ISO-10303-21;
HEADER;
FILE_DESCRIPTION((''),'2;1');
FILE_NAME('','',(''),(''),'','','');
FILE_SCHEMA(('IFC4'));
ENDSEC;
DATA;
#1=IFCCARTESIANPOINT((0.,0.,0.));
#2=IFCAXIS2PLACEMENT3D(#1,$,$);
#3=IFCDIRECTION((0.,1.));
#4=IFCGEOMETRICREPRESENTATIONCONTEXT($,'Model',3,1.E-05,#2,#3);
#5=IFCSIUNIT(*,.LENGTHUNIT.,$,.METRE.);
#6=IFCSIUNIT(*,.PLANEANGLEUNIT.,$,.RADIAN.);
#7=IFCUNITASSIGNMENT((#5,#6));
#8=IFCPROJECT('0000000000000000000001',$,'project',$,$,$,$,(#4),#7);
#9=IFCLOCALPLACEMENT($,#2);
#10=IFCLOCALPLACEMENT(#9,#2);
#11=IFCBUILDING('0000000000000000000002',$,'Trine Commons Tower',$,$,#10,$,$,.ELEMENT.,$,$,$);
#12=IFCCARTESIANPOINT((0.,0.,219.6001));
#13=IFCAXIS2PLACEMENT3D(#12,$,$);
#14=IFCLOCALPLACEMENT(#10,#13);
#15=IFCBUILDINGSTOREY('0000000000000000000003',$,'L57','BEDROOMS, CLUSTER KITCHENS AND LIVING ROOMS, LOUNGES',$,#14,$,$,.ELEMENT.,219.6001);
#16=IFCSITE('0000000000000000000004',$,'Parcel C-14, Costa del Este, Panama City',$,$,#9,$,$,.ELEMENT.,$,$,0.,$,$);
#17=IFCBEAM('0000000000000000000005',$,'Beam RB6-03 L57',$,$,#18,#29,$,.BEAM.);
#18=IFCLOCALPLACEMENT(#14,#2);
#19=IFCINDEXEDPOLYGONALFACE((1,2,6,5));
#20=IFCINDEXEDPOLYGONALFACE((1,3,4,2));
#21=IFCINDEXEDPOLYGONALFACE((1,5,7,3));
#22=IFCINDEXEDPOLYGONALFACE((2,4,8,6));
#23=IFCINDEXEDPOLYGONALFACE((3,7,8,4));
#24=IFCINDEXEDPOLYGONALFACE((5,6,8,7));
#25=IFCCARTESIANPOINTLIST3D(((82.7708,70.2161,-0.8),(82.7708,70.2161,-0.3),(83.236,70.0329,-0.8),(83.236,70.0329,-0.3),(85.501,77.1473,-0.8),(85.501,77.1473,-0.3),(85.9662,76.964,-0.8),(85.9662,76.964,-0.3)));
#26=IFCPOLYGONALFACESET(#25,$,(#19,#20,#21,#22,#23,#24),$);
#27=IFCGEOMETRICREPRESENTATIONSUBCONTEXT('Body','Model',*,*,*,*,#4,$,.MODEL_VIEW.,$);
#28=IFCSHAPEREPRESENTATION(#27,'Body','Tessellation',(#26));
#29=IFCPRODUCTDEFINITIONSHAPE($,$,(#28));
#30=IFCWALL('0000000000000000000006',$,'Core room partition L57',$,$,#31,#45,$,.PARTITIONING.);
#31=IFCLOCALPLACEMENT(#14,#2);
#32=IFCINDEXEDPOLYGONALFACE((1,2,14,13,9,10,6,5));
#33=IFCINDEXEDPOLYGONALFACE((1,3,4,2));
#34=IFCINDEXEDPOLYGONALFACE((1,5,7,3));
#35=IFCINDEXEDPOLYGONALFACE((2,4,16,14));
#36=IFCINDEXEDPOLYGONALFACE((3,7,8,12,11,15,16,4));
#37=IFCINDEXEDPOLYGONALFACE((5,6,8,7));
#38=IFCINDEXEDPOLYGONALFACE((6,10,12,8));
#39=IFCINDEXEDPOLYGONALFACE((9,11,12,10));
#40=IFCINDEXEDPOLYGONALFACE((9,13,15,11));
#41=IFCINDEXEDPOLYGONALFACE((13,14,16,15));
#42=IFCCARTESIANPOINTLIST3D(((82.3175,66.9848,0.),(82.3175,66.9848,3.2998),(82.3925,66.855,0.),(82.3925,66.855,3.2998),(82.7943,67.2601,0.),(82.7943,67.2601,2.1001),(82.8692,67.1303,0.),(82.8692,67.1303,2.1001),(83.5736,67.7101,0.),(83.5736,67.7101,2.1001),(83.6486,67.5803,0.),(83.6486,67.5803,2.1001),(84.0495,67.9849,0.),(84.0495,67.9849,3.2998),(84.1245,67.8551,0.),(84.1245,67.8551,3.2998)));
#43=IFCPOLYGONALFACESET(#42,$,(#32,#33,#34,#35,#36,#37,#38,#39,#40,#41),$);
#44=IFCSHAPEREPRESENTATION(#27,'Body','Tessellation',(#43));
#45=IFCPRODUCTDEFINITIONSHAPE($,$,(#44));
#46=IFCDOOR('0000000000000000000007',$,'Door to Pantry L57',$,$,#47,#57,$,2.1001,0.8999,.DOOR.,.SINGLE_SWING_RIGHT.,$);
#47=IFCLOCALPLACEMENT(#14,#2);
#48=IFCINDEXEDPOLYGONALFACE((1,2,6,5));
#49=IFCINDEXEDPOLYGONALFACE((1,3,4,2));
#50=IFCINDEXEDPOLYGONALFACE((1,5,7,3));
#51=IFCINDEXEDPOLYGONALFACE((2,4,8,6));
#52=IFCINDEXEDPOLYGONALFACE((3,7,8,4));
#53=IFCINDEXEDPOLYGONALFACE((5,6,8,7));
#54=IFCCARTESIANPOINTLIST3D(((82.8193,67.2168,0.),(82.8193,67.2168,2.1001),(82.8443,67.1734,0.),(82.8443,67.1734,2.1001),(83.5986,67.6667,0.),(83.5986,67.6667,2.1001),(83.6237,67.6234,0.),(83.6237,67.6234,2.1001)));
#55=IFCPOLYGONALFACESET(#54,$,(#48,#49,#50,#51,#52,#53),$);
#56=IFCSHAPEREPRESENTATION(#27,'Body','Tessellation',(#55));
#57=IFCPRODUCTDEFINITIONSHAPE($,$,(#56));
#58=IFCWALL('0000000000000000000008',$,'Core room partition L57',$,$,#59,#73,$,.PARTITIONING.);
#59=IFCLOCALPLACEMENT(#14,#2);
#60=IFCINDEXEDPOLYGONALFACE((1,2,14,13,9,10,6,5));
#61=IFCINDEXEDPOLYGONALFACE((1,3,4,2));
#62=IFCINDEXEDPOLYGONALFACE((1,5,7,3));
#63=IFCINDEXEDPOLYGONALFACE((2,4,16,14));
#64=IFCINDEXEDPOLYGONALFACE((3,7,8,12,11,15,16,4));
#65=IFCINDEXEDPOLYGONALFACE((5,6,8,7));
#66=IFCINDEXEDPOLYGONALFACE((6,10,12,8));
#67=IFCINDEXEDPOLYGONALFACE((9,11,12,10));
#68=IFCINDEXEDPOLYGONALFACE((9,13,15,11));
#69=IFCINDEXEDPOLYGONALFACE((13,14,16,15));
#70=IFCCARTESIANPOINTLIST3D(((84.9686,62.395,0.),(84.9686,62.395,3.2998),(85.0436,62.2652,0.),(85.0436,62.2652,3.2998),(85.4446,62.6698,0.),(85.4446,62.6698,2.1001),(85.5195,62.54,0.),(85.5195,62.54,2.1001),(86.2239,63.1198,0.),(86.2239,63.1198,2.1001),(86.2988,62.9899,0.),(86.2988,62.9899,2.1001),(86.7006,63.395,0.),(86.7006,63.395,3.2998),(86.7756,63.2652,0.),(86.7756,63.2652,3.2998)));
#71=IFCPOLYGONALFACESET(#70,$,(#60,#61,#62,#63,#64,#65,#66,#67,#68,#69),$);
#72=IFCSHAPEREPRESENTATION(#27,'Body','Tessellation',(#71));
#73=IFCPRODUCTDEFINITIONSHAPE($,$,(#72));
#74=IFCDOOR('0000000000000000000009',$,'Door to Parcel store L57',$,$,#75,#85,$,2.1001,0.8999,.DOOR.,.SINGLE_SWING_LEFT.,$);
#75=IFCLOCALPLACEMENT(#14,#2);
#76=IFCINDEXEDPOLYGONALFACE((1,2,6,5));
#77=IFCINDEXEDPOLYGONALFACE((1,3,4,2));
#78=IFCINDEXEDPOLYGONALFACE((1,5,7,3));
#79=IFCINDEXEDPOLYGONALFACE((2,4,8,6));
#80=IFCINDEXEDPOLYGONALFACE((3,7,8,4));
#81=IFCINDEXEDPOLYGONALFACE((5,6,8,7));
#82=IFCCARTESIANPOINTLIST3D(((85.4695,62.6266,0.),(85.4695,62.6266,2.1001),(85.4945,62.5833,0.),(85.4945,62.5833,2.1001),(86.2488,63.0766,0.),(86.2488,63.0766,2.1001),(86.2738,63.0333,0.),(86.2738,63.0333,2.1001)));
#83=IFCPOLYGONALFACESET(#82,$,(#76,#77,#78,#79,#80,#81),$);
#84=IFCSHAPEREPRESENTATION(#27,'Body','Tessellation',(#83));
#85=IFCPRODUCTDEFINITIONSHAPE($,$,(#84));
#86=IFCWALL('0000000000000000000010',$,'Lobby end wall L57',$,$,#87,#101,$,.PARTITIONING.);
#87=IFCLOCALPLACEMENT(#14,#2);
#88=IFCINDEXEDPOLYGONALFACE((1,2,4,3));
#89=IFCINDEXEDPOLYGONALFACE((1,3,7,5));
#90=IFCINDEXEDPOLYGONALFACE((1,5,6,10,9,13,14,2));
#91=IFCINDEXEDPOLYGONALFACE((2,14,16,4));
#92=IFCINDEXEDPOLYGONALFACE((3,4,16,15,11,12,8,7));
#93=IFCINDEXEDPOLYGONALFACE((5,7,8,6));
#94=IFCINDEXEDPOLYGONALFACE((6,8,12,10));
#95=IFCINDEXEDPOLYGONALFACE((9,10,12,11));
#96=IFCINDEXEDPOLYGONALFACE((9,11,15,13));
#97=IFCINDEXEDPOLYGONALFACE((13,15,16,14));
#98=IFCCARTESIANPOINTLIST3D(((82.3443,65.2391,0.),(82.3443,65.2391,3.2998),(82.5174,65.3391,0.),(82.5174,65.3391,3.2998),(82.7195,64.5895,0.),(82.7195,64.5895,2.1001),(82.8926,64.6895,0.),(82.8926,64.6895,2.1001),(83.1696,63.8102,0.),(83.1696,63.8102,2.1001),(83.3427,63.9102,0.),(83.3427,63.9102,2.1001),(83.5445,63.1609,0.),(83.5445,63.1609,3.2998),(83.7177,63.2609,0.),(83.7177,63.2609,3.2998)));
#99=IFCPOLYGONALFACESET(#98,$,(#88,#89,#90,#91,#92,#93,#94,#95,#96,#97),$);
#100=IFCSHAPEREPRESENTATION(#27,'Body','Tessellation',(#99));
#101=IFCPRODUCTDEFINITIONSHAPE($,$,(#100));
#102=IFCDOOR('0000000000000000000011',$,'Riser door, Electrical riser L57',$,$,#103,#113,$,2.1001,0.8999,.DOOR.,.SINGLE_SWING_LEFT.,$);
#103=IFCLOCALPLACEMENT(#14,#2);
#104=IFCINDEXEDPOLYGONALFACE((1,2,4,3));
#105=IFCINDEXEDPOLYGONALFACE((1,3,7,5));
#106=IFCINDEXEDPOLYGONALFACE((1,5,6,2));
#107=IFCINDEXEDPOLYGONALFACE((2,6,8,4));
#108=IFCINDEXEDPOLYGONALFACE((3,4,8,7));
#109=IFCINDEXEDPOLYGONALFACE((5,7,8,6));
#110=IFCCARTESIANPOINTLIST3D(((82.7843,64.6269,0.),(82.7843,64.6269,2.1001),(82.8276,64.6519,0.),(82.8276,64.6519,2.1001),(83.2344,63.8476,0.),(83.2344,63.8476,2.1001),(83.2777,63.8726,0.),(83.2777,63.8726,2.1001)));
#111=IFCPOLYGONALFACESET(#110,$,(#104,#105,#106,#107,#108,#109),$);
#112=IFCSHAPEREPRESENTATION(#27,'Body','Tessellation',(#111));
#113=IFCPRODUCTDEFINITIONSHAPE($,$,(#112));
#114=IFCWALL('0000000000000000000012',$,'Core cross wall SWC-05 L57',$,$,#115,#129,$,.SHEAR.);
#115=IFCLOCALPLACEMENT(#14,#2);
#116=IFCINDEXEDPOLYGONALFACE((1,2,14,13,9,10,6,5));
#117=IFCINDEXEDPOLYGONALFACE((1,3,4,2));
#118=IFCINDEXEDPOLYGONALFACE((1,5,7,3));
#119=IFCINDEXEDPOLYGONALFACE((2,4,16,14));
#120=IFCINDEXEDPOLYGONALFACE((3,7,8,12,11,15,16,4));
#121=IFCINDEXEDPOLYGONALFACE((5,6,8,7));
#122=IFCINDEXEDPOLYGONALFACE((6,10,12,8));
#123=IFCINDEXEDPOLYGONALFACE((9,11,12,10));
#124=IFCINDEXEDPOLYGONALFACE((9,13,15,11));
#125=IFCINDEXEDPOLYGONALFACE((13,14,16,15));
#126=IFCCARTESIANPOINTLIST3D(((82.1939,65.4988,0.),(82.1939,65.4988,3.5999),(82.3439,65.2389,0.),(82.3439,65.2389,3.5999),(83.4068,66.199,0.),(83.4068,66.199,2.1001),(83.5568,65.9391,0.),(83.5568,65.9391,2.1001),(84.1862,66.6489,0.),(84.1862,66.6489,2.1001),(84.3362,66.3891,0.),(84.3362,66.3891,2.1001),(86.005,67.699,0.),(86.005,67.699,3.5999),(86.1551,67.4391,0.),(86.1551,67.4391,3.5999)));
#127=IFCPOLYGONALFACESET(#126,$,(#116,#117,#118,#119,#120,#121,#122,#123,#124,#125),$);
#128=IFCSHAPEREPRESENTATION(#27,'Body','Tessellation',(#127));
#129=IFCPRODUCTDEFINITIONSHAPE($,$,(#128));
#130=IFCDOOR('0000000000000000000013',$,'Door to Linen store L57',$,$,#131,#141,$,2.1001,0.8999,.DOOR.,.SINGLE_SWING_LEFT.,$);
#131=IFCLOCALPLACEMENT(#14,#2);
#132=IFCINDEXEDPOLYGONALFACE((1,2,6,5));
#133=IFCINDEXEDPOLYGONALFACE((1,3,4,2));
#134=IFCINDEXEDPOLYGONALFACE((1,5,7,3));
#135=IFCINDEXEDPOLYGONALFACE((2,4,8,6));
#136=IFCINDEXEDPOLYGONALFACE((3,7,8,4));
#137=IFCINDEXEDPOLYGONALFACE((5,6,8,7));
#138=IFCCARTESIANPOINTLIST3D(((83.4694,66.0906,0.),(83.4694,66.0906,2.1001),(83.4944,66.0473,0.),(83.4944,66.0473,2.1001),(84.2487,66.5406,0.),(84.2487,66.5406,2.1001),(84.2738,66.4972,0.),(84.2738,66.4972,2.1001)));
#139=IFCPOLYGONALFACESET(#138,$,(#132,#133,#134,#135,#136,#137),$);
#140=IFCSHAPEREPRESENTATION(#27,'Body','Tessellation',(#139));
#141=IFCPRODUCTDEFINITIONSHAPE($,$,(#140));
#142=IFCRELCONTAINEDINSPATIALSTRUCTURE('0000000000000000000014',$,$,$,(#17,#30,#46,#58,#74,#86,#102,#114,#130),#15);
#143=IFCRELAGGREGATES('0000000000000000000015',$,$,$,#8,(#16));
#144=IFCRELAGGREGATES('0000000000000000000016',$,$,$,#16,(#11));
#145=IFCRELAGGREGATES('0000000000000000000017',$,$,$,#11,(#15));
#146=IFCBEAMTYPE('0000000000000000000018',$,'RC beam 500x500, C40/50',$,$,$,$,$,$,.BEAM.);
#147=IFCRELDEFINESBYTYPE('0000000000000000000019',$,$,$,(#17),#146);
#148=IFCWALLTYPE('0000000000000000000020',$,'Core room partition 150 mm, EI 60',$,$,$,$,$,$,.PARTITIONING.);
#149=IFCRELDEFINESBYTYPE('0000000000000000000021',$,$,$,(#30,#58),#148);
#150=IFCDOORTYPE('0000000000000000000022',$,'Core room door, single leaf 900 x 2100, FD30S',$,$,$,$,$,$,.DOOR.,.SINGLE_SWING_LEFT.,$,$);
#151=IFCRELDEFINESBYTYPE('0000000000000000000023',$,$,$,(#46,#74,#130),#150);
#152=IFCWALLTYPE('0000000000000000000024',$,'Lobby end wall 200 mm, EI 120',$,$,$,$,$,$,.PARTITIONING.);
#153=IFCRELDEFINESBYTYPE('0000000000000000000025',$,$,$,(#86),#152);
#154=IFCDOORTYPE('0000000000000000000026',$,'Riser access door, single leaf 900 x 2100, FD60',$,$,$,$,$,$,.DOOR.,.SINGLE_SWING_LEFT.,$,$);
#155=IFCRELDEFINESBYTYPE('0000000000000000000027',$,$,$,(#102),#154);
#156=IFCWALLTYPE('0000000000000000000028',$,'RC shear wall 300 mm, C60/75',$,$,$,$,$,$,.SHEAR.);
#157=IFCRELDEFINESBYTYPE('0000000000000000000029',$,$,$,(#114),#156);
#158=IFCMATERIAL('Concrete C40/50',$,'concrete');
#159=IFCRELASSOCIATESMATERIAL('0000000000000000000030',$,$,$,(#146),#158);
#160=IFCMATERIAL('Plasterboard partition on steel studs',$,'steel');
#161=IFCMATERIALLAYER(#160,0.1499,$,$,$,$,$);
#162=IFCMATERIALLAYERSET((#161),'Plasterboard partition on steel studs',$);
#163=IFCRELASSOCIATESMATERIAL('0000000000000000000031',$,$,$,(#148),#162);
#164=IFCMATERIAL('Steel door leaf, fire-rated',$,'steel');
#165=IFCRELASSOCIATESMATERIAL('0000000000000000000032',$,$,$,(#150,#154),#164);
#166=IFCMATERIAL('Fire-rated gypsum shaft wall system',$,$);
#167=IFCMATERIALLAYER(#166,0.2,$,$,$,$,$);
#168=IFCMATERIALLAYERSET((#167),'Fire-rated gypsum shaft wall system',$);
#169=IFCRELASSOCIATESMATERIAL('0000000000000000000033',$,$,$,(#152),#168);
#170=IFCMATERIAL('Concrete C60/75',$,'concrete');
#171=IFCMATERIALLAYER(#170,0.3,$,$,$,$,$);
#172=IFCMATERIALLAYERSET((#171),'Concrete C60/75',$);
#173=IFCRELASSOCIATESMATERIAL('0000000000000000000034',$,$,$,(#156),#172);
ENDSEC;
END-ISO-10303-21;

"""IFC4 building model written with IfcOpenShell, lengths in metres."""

from ifc_helpers import new_model, si_unit, direction, frame, frame_2d, origin, origin_2d, place, context, subcontext, project, spatial, rectangle, extrude, material, layer, layer_set, material_profile, profile_set, type_object, element, fill, save


model = new_model("IFC4")

# Units and contexts
model_context = context("Model", 3, precision=1e-05, world=origin(), true_north=direction((0.0, 1.0)))
body_context = subcontext(model_context, "Body", "Model", "MODEL_VIEW")
ifc_project = project(units=[si_unit("LENGTHUNIT", "METRE"), si_unit("PLANEANGLEUNIT", "RADIAN")], contexts=[model_context])

# Site, building, storey
site_placement = place(None, origin())
site = spatial("IfcSite", under=ifc_project, at=site_placement, Name="Parcel C-14, Costa del Este, Panama City", CompositionType="ELEMENT", RefElevation=0.0)
building_placement = place(site_placement, origin())
building = spatial("IfcBuilding", under=site, at=building_placement, Name="Trine Commons Tower", CompositionType="ELEMENT")
storey_placement = place(building_placement, frame((0.0, 0.0, 219.6001)))
storey = spatial("IfcBuildingStorey", under=building, at=storey_placement, Name="L57", Description="BEDROOMS, CLUSTER KITCHENS AND LIVING ROOMS, LOUNGES", CompositionType="ELEMENT", Elevation=219.6001)

# Beam
ifc_material_1 = material(Name="Concrete C40/50", Category="concrete")
ifc_material_profile = material_profile(ifc_material_1, rectangle(XDim=0.5, YDim=0.5, at=origin_2d()), Name="RC 500x500")
ifc_profile_set = profile_set([ifc_material_profile], Name="Concrete C40/50")
beam_type = type_object("IfcBeamType", Name="RC beam 500x500, C40/50", PredefinedType="BEAM", material=ifc_profile_set)
beam_placement = place(storey_placement, frame((83.0034, 70.1245, -0.55), z_axis=(0.366498, 0.930419, 0.0), x_axis=(-0.930419, 0.366498, 0.0)))
element("IfcBeam", 1, at=beam_placement, inside=storey, type_object=beam_type, Name="Beam RB6-03 L57", PredefinedType="BEAM", context=body_context, shape_type="SweptSolid", body=[
    extrude(rectangle(XDim=0.5, YDim=0.5, at=origin_2d()), origin(), (0.0, 0.0, 1.0), 7.4495),
])

# Walls, openings, doors
ifc_material_2 = material(Name="Plasterboard partition on steel studs", Category="steel")
ifc_layer_1 = layer(ifc_material_2, 0.1499)
ifc_layer_set_1 = layer_set([ifc_layer_1], Name="Plasterboard partition on steel studs")
wall_type_1 = type_object("IfcWallType", Name="Core room partition 150 mm, EI 60", PredefinedType="PARTITIONING", material=ifc_layer_set_1)
wall_1_placement = place(storey_placement, frame((82.355, 66.9199, 0.0), z_axis=(0.0, 0.0, 1.0), x_axis=(0.866011, 0.500025, 0.0)))
wall_1 = element("IfcWall", 2, at=wall_1_placement, inside=storey, type_object=wall_type_1, Name="Core room partition L57", PredefinedType="PARTITIONING", context=body_context, shape_type="SweptSolid", body=[
    extrude(rectangle(XDim=2.0, YDim=0.1499, at=frame_2d((1.0, 0.0))), origin(), (0.0, 0.0, 1.0), 3.2998),
])
opening_1_placement = place(wall_1_placement, frame((0.5505, 0.0, 0.0)))
opening_1 = element("IfcOpeningElement", 3, at=opening_1_placement, cuts=wall_1, PredefinedType="OPENING", context=body_context, shape_type="SweptSolid", body=[
    extrude(rectangle(XDim=0.8999, YDim=2.1001, at=frame_2d((0.45, 1.05))), frame((0.0, 0.085, 0.0), z_axis=(0.0, -1.0, 0.0), x_axis=(1.0, 0.0, 0.0)), (0.0, 0.0, 1.0), 0.1699),
])
ifc_material_3 = material(Name="Steel door leaf, fire-rated", Category="steel")
door_type_1 = type_object("IfcDoorType", Name="Core room door, single leaf 900 x 2100, FD30S", OperationType="SINGLE_SWING_LEFT", PredefinedType="DOOR", material=ifc_material_3)
door_1_placement = place(opening_1_placement, origin())
door_1 = element("IfcDoor", 4, at=door_1_placement, inside=storey, type_object=door_type_1, Name="Door to Pantry L57", OperationType="SINGLE_SWING_RIGHT", OverallHeight=2.1001, OverallWidth=0.8999, PredefinedType="DOOR", context=body_context, shape_type="SweptSolid", body=[
    extrude(rectangle(XDim=0.8999, YDim=2.1001, at=frame_2d((0.45, 1.05))), frame((0.0, 0.0249, 0.0), z_axis=(0.0, -1.0, 0.0), x_axis=(1.0, 0.0, 0.0)), (0.0, 0.0, 1.0), 0.05),
])
fill(opening_1, door_1)
wall_2_placement = place(storey_placement, frame((85.0061, 62.3301, 0.0), z_axis=(0.0, 0.0, 1.0), x_axis=(0.866011, 0.500025, 0.0)))
wall_2 = element("IfcWall", 5, at=wall_2_placement, inside=storey, type_object=wall_type_1, Name="Core room partition L57", PredefinedType="PARTITIONING", context=body_context, shape_type="SweptSolid", body=[
    extrude(rectangle(XDim=2.0, YDim=0.1499, at=frame_2d((1.0, 0.0))), origin(), (0.0, 0.0, 1.0), 3.2998),
])
opening_2_placement = place(wall_2_placement, frame((0.5496, 0.0, 0.0)))
opening_2 = element("IfcOpeningElement", 6, at=opening_2_placement, cuts=wall_2, PredefinedType="OPENING", context=body_context, shape_type="SweptSolid", body=[
    extrude(rectangle(XDim=0.8999, YDim=2.1001, at=frame_2d((0.45, 1.05))), frame((0.0, 0.085, 0.0), z_axis=(0.0, -1.0, 0.0), x_axis=(1.0, 0.0, 0.0)), (0.0, 0.0, 1.0), 0.1699),
])
door_2_placement = place(opening_2_placement, frame((0.8999, 0.0, 0.0), z_axis=(0.0, 0.0, 1.0), x_axis=(-1.0, 0.0, 0.0)))
door_2 = element("IfcDoor", 7, at=door_2_placement, inside=storey, type_object=door_type_1, Name="Door to Parcel store L57", OperationType="SINGLE_SWING_LEFT", OverallHeight=2.1001, OverallWidth=0.8999, PredefinedType="DOOR", context=body_context, shape_type="SweptSolid", body=[
    extrude(rectangle(XDim=0.8999, YDim=2.1001, at=frame_2d((0.45, 1.05))), frame((0.0, 0.0249, 0.0), z_axis=(0.0, -1.0, 0.0), x_axis=(1.0, 0.0, 0.0)), (0.0, 0.0, 1.0), 0.05),
])
fill(opening_2, door_2)
ifc_material_4 = material(Name="Fire-rated gypsum shaft wall system")
ifc_layer_2 = layer(ifc_material_4, 0.2)
ifc_layer_set_2 = layer_set([ifc_layer_2], Name="Fire-rated gypsum shaft wall system")
wall_type_2 = type_object("IfcWallType", Name="Lobby end wall 200 mm, EI 120", PredefinedType="PARTITIONING", material=ifc_layer_set_2)
wall_3_placement = place(storey_placement, frame((83.6311, 63.2109, 0.0), z_axis=(0.0, 0.0, 1.0), x_axis=(-0.500122, 0.865955, 0.0)))
wall_3 = element("IfcWall", 8, at=wall_3_placement, inside=storey, type_object=wall_type_2, Name="Lobby end wall L57", PredefinedType="PARTITIONING", context=body_context, shape_type="SweptSolid", body=[
    extrude(rectangle(XDim=2.3999, YDim=0.2, at=frame_2d((1.2, 0.0))), origin(), (0.0, 0.0, 1.0), 3.2998),
])
opening_3_placement = place(wall_3_placement, frame((0.7498, 0.0, 0.0)))
opening_3 = element("IfcOpeningElement", 9, at=opening_3_placement, cuts=wall_3, PredefinedType="OPENING", context=body_context, shape_type="SweptSolid", body=[
    extrude(rectangle(XDim=0.8999, YDim=2.1001, at=frame_2d((0.45, 1.05))), frame((0.0, 0.1099, 0.0), z_axis=(0.0, -1.0, 0.0), x_axis=(1.0, 0.0, 0.0)), (0.0, 0.0, 1.0), 0.22),
])
door_type_2 = type_object("IfcDoorType", Name="Riser access door, single leaf 900 x 2100, FD60", OperationType="SINGLE_SWING_LEFT", PredefinedType="DOOR", material=ifc_material_3)
door_3_placement = place(opening_3_placement, frame((0.8999, 0.0, 0.0), z_axis=(0.0, 0.0, 1.0), x_axis=(-1.0, 0.0, 0.0)))
door_3 = element("IfcDoor", 10, at=door_3_placement, inside=storey, type_object=door_type_2, Name="Riser door, Electrical riser L57", OperationType="SINGLE_SWING_LEFT", OverallHeight=2.1001, OverallWidth=0.8999, PredefinedType="DOOR", context=body_context, shape_type="SweptSolid", body=[
    extrude(rectangle(XDim=0.8999, YDim=2.1001, at=frame_2d((0.45, 1.05))), frame((0.0, 0.0249, 0.0), z_axis=(0.0, -1.0, 0.0), x_axis=(1.0, 0.0, 0.0)), (0.0, 0.0, 1.0), 0.05),
])
fill(opening_3, door_3)
ifc_material_5 = material(Name="Concrete C60/75", Category="concrete")
ifc_layer_3 = layer(ifc_material_5, 0.3)
ifc_layer_set_3 = layer_set([ifc_layer_3], Name="Concrete C60/75")
wall_type_3 = type_object("IfcWallType", Name="RC shear wall 300 mm, C60/75", PredefinedType="SHEAR", material=ifc_layer_set_3)
wall_4_placement = place(storey_placement, frame((82.269, 65.3689, 0.0), z_axis=(0.0, 0.0, 1.0), x_axis=(0.866036, 0.499982, 0.0)))
wall_4 = element("IfcWall", 11, at=wall_4_placement, inside=storey, type_object=wall_type_3, Name="Core cross wall SWC-05 L57", PredefinedType="SHEAR", context=body_context, shape_type="SweptSolid", body=[
    extrude(rectangle(XDim=4.4006, YDim=0.3, at=frame_2d((2.2002, 0.0))), origin(), (0.0, 0.0, 1.0), 3.5999),
])
opening_4_placement = place(wall_4_placement, frame((1.4004, 0.0, 0.0)))
opening_4 = element("IfcOpeningElement", 12, at=opening_4_placement, cuts=wall_4, PredefinedType="OPENING", context=body_context, shape_type="SweptSolid", body=[
    extrude(rectangle(XDim=0.8999, YDim=2.1001, at=frame_2d((0.45, 1.05))), frame((0.0, 0.1599, 0.0), z_axis=(0.0, -1.0, 0.0), x_axis=(1.0, 0.0, 0.0)), (0.0, 0.0, 1.0), 0.3201),
])
door_4_placement = place(opening_4_placement, origin())
door_4 = element("IfcDoor", 13, at=door_4_placement, inside=storey, type_object=door_type_1, Name="Door to Linen store L57", OperationType="SINGLE_SWING_LEFT", OverallHeight=2.1001, OverallWidth=0.8999, PredefinedType="DOOR", context=body_context, shape_type="SweptSolid", body=[
    extrude(rectangle(XDim=0.8999, YDim=2.1001, at=frame_2d((0.45, 1.05))), frame((0.0, 0.0249, 0.0), z_axis=(0.0, -1.0, 0.0), x_axis=(1.0, 0.0, 0.0)), (0.0, 0.0, 1.0), 0.05),
])
fill(opening_4, door_4)

save(model, "model.ifc")
